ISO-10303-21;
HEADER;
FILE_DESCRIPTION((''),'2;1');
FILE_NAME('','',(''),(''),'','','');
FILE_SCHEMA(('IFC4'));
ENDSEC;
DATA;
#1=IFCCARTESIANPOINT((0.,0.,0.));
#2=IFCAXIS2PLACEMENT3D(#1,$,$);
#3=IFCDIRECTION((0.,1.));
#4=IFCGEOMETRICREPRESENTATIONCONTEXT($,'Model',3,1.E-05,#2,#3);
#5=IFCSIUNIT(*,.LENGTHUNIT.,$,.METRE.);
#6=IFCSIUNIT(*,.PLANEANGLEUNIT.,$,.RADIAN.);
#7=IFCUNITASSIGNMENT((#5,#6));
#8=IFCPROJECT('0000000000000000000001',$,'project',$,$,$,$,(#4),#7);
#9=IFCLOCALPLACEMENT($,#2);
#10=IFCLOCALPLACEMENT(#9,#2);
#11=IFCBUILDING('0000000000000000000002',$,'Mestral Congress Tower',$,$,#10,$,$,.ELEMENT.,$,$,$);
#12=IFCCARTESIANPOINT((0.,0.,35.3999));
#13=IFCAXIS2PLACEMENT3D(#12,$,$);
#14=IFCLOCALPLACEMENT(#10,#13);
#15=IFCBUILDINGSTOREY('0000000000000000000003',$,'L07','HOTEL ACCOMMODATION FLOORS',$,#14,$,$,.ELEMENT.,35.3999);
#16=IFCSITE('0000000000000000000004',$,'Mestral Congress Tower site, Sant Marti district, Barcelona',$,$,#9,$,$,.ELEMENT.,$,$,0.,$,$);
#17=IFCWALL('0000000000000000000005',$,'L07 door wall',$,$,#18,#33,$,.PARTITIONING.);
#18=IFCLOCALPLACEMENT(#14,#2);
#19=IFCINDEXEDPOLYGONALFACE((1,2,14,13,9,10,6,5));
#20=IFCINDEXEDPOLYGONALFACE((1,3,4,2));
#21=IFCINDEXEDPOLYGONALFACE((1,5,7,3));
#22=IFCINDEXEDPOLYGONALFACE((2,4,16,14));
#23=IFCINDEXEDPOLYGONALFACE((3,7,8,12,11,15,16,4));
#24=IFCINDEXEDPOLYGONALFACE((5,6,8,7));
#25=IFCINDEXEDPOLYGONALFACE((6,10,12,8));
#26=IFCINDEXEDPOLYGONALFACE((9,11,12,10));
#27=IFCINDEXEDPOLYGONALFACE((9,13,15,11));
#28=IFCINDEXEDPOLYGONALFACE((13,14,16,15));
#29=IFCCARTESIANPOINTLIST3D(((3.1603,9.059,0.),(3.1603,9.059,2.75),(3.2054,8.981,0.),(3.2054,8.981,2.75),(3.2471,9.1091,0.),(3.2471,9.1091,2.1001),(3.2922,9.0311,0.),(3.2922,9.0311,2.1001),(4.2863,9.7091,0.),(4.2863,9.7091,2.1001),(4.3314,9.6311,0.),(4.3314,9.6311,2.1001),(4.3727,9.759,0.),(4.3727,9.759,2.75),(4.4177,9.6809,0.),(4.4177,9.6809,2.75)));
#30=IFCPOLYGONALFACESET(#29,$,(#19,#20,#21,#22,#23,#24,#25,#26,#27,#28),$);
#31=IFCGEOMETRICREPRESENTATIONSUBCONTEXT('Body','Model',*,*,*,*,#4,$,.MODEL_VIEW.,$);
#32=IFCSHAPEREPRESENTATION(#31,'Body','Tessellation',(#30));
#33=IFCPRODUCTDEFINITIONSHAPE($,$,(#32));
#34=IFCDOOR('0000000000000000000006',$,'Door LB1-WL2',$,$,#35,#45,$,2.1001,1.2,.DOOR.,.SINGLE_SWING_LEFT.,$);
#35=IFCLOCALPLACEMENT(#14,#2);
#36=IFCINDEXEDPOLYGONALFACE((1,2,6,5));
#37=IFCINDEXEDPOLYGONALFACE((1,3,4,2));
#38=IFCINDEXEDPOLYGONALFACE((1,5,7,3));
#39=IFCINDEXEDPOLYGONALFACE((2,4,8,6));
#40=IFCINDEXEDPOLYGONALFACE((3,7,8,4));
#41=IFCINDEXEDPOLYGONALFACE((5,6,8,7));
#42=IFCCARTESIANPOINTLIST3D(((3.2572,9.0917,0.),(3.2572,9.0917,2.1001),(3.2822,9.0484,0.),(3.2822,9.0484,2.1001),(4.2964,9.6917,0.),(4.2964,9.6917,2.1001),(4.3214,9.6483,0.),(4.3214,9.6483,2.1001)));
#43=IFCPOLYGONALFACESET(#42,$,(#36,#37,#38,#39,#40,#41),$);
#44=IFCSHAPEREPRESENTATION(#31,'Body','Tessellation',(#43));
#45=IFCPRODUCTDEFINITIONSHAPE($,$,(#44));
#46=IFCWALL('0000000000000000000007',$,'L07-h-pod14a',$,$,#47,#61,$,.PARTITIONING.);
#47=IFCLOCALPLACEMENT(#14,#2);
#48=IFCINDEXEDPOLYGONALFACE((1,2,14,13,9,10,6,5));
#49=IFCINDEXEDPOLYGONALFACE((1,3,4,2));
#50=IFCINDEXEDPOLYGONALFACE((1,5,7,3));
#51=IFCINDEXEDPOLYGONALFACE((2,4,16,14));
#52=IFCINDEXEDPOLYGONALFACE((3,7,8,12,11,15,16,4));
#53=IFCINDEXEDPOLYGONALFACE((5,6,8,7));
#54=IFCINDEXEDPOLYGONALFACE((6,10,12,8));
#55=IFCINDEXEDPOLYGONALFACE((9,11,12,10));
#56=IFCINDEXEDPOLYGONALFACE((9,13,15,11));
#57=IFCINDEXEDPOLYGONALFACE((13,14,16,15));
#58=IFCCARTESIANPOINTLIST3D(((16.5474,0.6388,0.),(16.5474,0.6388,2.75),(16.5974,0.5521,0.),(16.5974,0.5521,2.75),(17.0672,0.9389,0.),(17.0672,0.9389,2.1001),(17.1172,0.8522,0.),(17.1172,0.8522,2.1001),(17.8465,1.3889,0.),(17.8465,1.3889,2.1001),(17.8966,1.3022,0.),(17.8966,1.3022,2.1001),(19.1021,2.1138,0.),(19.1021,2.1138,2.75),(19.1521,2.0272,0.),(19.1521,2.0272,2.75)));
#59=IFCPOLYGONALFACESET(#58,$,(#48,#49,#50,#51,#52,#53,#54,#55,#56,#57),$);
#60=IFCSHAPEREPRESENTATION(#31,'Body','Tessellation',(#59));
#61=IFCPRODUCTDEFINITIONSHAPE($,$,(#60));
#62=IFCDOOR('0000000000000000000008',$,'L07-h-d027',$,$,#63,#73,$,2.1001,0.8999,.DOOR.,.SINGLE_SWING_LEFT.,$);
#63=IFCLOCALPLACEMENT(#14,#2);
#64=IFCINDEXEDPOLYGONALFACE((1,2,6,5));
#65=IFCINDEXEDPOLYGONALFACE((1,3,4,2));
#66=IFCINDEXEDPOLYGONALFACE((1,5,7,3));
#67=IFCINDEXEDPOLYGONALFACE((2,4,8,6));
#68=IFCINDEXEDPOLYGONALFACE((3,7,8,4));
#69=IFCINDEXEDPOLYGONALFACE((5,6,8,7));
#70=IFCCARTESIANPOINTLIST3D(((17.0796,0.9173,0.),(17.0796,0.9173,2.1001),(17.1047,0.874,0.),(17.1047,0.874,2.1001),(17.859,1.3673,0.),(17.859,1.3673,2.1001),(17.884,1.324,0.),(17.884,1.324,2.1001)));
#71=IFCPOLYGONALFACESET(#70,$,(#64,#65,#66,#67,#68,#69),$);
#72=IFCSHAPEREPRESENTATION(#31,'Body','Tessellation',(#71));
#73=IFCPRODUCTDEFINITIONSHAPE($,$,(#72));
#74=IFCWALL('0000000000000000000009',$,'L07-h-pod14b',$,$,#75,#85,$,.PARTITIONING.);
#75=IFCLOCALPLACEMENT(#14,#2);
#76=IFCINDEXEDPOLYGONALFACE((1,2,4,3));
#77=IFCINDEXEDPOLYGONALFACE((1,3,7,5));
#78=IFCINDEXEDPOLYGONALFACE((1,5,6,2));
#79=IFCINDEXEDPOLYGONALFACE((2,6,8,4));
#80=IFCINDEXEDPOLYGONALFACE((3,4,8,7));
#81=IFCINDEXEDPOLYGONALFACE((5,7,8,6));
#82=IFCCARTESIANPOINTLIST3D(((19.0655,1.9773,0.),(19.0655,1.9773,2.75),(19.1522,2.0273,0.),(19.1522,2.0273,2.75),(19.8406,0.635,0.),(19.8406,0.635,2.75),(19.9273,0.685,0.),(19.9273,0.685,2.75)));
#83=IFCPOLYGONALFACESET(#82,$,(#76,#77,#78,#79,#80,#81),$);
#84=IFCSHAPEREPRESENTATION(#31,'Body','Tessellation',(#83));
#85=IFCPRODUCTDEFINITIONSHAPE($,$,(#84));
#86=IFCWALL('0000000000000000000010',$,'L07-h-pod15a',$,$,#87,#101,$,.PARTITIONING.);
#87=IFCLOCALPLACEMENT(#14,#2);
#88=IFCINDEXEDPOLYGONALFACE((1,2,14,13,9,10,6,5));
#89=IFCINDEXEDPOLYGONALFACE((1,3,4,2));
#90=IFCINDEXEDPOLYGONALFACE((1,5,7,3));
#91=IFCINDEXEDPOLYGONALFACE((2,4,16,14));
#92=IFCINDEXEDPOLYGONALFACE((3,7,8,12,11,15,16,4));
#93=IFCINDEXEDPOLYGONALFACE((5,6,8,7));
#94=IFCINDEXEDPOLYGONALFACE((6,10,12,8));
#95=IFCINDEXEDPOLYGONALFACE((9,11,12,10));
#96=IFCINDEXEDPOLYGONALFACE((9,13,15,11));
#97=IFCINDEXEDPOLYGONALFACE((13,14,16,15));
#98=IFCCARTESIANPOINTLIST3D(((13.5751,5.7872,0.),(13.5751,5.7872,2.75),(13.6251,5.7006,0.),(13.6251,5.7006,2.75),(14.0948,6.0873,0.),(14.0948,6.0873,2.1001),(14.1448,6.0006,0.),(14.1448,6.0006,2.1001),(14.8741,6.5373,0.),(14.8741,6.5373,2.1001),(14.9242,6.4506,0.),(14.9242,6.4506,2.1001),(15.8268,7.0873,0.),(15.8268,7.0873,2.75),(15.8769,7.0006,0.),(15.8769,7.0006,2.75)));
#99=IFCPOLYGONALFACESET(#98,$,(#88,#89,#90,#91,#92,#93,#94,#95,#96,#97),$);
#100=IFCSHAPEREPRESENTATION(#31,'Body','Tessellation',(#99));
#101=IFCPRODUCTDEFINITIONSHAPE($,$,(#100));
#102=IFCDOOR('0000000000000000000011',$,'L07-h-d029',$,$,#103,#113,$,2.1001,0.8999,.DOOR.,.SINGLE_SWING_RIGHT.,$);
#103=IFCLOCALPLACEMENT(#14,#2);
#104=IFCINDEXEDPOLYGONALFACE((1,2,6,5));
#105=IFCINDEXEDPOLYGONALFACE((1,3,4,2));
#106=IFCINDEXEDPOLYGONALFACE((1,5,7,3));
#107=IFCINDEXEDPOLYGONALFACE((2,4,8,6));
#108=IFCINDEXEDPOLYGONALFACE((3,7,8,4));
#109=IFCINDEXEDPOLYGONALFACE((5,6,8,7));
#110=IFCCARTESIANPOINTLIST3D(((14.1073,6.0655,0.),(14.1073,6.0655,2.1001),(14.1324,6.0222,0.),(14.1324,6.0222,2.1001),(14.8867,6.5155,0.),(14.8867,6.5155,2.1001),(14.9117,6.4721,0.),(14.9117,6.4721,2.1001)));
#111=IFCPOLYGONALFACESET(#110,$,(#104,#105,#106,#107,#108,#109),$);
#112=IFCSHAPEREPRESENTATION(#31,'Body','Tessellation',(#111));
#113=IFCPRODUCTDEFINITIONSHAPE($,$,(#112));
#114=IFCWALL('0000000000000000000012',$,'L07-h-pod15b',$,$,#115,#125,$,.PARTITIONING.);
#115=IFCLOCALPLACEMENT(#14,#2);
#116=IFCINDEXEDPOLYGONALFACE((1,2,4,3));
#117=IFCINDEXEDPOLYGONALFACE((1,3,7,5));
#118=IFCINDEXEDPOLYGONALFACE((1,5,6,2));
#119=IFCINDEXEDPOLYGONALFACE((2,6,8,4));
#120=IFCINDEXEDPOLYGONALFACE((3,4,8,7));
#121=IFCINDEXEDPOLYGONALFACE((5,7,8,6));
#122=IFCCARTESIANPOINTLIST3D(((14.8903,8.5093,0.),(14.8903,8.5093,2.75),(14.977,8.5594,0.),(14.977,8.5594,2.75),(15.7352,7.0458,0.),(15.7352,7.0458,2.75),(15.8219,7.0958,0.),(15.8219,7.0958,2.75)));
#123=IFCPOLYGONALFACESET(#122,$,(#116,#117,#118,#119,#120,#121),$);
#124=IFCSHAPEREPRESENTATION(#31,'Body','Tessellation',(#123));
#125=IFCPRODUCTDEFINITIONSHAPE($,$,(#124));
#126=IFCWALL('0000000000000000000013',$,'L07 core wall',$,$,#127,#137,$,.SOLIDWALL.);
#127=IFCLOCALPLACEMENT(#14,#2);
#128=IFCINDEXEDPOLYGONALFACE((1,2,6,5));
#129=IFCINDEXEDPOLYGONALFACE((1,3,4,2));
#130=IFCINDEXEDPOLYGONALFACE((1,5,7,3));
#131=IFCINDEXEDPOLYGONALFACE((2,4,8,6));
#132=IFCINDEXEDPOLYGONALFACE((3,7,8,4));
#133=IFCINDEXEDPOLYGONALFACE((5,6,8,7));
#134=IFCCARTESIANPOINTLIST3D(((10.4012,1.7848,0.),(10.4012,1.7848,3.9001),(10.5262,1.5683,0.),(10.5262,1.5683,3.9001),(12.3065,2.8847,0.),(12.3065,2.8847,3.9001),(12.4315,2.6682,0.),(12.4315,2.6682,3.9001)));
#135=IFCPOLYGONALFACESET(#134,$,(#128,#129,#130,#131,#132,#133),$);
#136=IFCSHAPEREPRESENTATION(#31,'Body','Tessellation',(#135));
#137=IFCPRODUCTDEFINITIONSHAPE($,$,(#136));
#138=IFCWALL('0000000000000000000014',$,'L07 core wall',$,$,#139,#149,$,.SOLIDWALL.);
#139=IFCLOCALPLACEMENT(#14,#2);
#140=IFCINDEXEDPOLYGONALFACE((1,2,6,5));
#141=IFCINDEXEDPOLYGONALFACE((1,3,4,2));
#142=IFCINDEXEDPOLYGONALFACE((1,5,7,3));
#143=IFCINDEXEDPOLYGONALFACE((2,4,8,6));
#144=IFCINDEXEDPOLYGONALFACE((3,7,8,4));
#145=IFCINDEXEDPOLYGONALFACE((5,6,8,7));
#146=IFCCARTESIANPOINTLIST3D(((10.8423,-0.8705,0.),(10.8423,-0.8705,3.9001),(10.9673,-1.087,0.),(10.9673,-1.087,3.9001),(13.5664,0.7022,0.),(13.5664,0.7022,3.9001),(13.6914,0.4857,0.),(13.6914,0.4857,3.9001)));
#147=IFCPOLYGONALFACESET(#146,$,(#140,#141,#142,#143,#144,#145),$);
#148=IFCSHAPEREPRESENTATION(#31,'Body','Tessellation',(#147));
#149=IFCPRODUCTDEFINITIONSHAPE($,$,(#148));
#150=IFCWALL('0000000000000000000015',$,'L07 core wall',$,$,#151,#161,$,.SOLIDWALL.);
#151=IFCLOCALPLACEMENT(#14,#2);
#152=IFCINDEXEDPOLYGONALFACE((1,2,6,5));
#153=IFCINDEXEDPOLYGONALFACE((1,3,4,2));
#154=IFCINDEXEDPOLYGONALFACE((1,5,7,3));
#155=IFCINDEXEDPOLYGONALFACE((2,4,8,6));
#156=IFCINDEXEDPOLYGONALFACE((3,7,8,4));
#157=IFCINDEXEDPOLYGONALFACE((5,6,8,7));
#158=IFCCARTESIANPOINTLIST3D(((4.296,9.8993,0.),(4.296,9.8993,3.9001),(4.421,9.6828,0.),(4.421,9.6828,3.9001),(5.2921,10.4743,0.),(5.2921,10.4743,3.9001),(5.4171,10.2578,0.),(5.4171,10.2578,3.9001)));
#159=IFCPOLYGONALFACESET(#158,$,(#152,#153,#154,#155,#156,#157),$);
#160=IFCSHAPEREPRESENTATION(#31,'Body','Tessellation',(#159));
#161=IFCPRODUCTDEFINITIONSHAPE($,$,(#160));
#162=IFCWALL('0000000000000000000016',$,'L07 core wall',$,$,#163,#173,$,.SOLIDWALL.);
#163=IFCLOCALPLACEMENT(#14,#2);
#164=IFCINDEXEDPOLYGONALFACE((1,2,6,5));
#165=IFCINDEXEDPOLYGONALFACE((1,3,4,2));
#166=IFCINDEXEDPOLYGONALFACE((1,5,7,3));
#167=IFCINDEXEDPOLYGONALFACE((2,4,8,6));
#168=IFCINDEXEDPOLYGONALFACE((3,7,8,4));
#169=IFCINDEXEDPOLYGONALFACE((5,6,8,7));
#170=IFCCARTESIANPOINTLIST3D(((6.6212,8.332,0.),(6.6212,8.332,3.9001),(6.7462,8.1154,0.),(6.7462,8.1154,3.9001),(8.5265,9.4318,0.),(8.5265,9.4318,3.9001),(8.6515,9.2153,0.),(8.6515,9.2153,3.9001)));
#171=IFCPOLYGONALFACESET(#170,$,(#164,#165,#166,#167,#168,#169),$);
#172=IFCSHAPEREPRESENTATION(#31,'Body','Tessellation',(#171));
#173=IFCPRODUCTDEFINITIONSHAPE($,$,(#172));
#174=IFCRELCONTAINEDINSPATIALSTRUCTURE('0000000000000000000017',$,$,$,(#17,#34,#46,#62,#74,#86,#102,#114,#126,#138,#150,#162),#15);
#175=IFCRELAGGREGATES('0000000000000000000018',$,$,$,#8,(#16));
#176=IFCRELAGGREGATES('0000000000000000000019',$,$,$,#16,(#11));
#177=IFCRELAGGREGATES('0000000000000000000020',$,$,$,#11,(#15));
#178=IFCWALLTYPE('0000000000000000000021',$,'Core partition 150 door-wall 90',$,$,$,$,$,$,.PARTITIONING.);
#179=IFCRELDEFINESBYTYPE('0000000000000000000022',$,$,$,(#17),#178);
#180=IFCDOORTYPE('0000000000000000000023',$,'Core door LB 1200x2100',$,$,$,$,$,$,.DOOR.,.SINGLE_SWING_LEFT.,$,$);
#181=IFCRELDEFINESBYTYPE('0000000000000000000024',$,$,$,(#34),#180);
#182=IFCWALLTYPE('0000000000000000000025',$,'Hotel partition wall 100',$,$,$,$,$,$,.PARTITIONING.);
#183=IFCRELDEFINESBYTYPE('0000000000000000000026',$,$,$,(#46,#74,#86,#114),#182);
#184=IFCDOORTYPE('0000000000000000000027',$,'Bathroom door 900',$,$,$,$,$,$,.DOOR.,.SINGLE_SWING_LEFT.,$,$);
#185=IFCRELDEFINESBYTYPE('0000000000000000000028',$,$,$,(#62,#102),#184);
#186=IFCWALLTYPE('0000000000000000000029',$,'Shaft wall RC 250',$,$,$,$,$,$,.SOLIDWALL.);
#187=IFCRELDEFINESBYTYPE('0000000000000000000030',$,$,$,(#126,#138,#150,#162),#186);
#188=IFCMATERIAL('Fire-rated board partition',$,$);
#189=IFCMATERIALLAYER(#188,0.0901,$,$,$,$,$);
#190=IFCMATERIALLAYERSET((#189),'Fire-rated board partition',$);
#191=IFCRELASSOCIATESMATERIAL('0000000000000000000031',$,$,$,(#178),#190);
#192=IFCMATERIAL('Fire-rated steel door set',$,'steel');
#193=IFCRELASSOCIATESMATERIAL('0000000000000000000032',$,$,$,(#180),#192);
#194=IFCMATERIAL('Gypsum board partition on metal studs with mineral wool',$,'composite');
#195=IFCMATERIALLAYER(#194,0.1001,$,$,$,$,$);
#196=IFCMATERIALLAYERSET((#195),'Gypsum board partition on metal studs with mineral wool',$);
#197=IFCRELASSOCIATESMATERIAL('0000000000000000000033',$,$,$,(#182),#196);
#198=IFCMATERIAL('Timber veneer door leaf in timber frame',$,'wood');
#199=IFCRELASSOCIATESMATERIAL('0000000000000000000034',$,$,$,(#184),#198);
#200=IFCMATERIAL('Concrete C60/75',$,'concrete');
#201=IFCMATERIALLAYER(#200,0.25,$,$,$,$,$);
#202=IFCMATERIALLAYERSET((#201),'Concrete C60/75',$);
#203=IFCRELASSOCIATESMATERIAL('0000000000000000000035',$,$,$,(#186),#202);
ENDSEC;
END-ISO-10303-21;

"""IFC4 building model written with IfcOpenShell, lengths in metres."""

from ifc_helpers import new_model, si_unit, direction, frame, frame_2d, origin, place, context, subcontext, project, spatial, rectangle, extrude, material, layer, layer_set, type_object, element, fill, save


model = new_model("IFC4")

# Units and contexts
model_context = context("Model", 3, precision=1e-05, world=origin(), true_north=direction((0.0, 1.0)))
body_context = subcontext(model_context, "Body", "Model", "MODEL_VIEW")
ifc_project = project(units=[si_unit("LENGTHUNIT", "METRE"), si_unit("PLANEANGLEUNIT", "RADIAN")], contexts=[model_context])

# Site, building, storey
site_placement = place(None, origin())
site = spatial("IfcSite", under=ifc_project, at=site_placement, Name="Mestral Congress Tower site, Sant Marti district, Barcelona", CompositionType="ELEMENT", RefElevation=0.0)
building_placement = place(site_placement, origin())
building = spatial("IfcBuilding", under=site, at=building_placement, Name="Mestral Congress Tower", CompositionType="ELEMENT")
storey_placement = place(building_placement, frame((0.0, 0.0, 35.3999)))
storey = spatial("IfcBuildingStorey", under=building, at=storey_placement, Name="L07", Description="HOTEL ACCOMMODATION FLOORS", CompositionType="ELEMENT", Elevation=35.3999)

# Walls, openings, doors
ifc_material_1 = material(Name="Fire-rated board partition")
ifc_layer_1 = layer(ifc_material_1, 0.0901)
ifc_layer_set_1 = layer_set([ifc_layer_1], Name="Fire-rated board partition")
wall_type_1 = type_object("IfcWallType", Name="Core partition 150 door-wall 90", PredefinedType="PARTITIONING", material=ifc_layer_set_1)
wall_1_placement = place(storey_placement, frame((3.1829, 9.02, 0.0), z_axis=(0.0, 0.0, 1.0), x_axis=(0.866035, 0.499984, 0.0)))
wall_1 = element("IfcWall", 1, at=wall_1_placement, inside=storey, type_object=wall_type_1, Name="L07 door wall", PredefinedType="PARTITIONING", context=body_context, shape_type="SweptSolid", body=[
    extrude(rectangle(XDim=1.3999, YDim=0.0901, at=frame_2d((0.7, 0.0))), origin(), (0.0, 0.0, 1.0), 2.75),
])
opening_1_placement = place(wall_1_placement, frame((0.1001, 0.0, 0.0)))
opening_1 = element("IfcOpeningElement", 2, at=opening_1_placement, cuts=wall_1, PredefinedType="OPENING", context=body_context, shape_type="SweptSolid", body=[
    extrude(rectangle(XDim=1.2, YDim=2.1001, at=frame_2d((0.6001, 1.05))), frame((0.0, 0.0549, 0.0), z_axis=(0.0, -1.0, 0.0), x_axis=(1.0, 0.0, 0.0)), (0.0, 0.0, 1.0), 0.1101),
])
ifc_material_2 = material(Name="Fire-rated steel door set", Category="steel")
door_type_1 = type_object("IfcDoorType", Name="Core door LB 1200x2100", OperationType="SINGLE_SWING_LEFT", PredefinedType="DOOR", material=ifc_material_2)
door_1_placement = place(opening_1_placement, origin())
door_1 = element("IfcDoor", 3, at=door_1_placement, inside=storey, type_object=door_type_1, Name="Door LB1-WL2", OperationType="SINGLE_SWING_LEFT", OverallHeight=2.1001, OverallWidth=1.2, PredefinedType="DOOR", context=body_context, shape_type="SweptSolid", body=[
    extrude(rectangle(XDim=1.2, YDim=2.1001, at=frame_2d((0.6001, 1.05))), frame((0.0, 0.0249, 0.0), z_axis=(0.0, -1.0, 0.0), x_axis=(1.0, 0.0, 0.0)), (0.0, 0.0, 1.0), 0.05),
])
fill(opening_1, door_1)
ifc_material_3 = material(Name="Gypsum board partition on metal studs with mineral wool", Category="composite")
ifc_layer_2 = layer(ifc_material_3, 0.1001)
ifc_layer_set_2 = layer_set([ifc_layer_2], Name="Gypsum board partition on metal studs with mineral wool")
wall_type_2 = type_object("IfcWallType", Name="Hotel partition wall 100", PredefinedType="PARTITIONING", material=ifc_layer_set_2)
wall_2_placement = place(storey_placement, frame((19.1272, 2.0706, 0.0), z_axis=(0.0, 0.0, 1.0), x_axis=(-0.866004, -0.500038, 0.0)))
wall_2 = element("IfcWall", 4, at=wall_2_placement, inside=storey, type_object=wall_type_2, Name="L07-h-pod14a", PredefinedType="PARTITIONING", context=body_context, shape_type="SweptSolid", body=[
    extrude(rectangle(XDim=2.95, YDim=0.1001, at=frame_2d((1.4751, 0.0))), origin(), (0.0, 0.0, 1.0), 2.75),
])
opening_2_placement = place(wall_2_placement, frame((1.45, 0.0, 0.0)))
opening_2 = element("IfcOpeningElement", 5, at=opening_2_placement, cuts=wall_2, PredefinedType="OPENING", context=body_context, shape_type="SweptSolid", body=[
    extrude(rectangle(XDim=0.8999, YDim=2.1001, at=frame_2d((0.45, 1.05))), frame((0.0, 0.0601, 0.0), z_axis=(0.0, -1.0, 0.0), x_axis=(1.0, 0.0, 0.0)), (0.0, 0.0, 1.0), 0.1201),
])
ifc_material_4 = material(Name="Timber veneer door leaf in timber frame", Category="wood")
door_type_2 = type_object("IfcDoorType", Name="Bathroom door 900", OperationType="SINGLE_SWING_LEFT", PredefinedType="DOOR", material=ifc_material_4)
door_2_placement = place(opening_2_placement, origin())
door_2 = element("IfcDoor", 6, at=door_2_placement, inside=storey, type_object=door_type_2, Name="L07-h-d027", OperationType="SINGLE_SWING_LEFT", OverallHeight=2.1001, OverallWidth=0.8999, PredefinedType="DOOR", context=body_context, shape_type="SweptSolid", body=[
    extrude(rectangle(XDim=0.8999, YDim=2.1001, at=frame_2d((0.45, 1.05))), frame((0.0, 0.0249, 0.0), z_axis=(0.0, -1.0, 0.0), x_axis=(1.0, 0.0, 0.0)), (0.0, 0.0, 1.0), 0.05),
])
fill(opening_2, door_2)

# Wall
wall_3_placement = place(storey_placement, frame((19.1089, 2.0022, 0.0), z_axis=(0.0, 0.0, 1.0), x_axis=(0.500086, -0.865976, 0.0)))
element("IfcWall", 7, at=wall_3_placement, inside=storey, type_object=wall_type_2, Name="L07-h-pod14b", PredefinedType="PARTITIONING", context=body_context, shape_type="SweptSolid", body=[
    extrude(rectangle(XDim=1.55, YDim=0.1001, at=frame_2d((0.7749, 0.0))), origin(), (0.0, 0.0, 1.0), 2.75),
])

# Wall, opening, door
wall_4_placement = place(storey_placement, frame((13.6001, 5.7439, 0.0), z_axis=(0.0, 0.0, 1.0), x_axis=(0.866021, 0.500007, 0.0)))
wall_4 = element("IfcWall", 8, at=wall_4_placement, inside=storey, type_object=wall_type_2, Name="L07-h-pod15a", PredefinedType="PARTITIONING", context=body_context, shape_type="SweptSolid", body=[
    extrude(rectangle(XDim=2.6001, YDim=0.1001, at=frame_2d((1.3, 0.0))), origin(), (0.0, 0.0, 1.0), 2.75),
])
opening_3_placement = place(wall_4_placement, frame((0.6001, 0.0, 0.0)))
opening_3 = element("IfcOpeningElement", 9, at=opening_3_placement, cuts=wall_4, PredefinedType="OPENING", context=body_context, shape_type="SweptSolid", body=[
    extrude(rectangle(XDim=0.8999, YDim=2.1001, at=frame_2d((0.45, 1.05))), frame((0.0, 0.0601, 0.0), z_axis=(0.0, -1.0, 0.0), x_axis=(1.0, 0.0, 0.0)), (0.0, 0.0, 1.0), 0.1201),
])
door_3_placement = place(opening_3_placement, origin())
door_3 = element("IfcDoor", 10, at=door_3_placement, inside=storey, type_object=door_type_2, Name="L07-h-d029", OperationType="SINGLE_SWING_RIGHT", OverallHeight=2.1001, OverallWidth=0.8999, PredefinedType="DOOR", context=body_context, shape_type="SweptSolid", body=[
    extrude(rectangle(XDim=0.8999, YDim=2.1001, at=frame_2d((0.45, 1.05))), frame((0.0, 0.0249, 0.0), z_axis=(0.0, -1.0, 0.0), x_axis=(1.0, 0.0, 0.0)), (0.0, 0.0, 1.0), 0.05),
])
fill(opening_3, door_3)

# Walls
wall_5_placement = place(storey_placement, frame((15.7786, 7.0708, 0.0), z_axis=(0.0, 0.0, 1.0), x_axis=(-0.499977, 0.866039, 0.0)))
element("IfcWall", 11, at=wall_5_placement, inside=storey, type_object=wall_type_2, Name="L07-h-pod15b", PredefinedType="PARTITIONING", context=body_context, shape_type="SweptSolid", body=[
    extrude(rectangle(XDim=1.6899, YDim=0.1001, at=frame_2d((0.845, 0.0))), origin(), (0.0, 0.0, 1.0), 2.75),
])
ifc_material_5 = material(Name="Concrete C60/75", Category="concrete")
ifc_layer_3 = layer(ifc_material_5, 0.25)
ifc_layer_set_3 = layer_set([ifc_layer_3], Name="Concrete C60/75")
wall_type_3 = type_object("IfcWallType", Name="Shaft wall RC 250", PredefinedType="SOLIDWALL", material=ifc_layer_set_3)
wall_6_placement = place(storey_placement, frame((10.4636, 1.6765, 0.0), z_axis=(0.0, 0.0, 1.0), x_axis=(0.866056, 0.499947, 0.0)))
element("IfcWall", 12, at=wall_6_placement, inside=storey, type_object=wall_type_3, Name="L07 core wall", PredefinedType="SOLIDWALL", context=body_context, shape_type="SweptSolid", body=[
    extrude(rectangle(XDim=2.2, YDim=0.25, at=frame_2d((1.1001, 0.0))), origin(), (0.0, 0.0, 1.0), 3.9001),
])
wall_7_placement = place(storey_placement, frame((13.6289, 0.594, 0.0), z_axis=(0.0, 0.0, 1.0), x_axis=(-0.866028, -0.499996, 0.0)))
element("IfcWall", 13, at=wall_7_placement, inside=storey, type_object=wall_type_3, Name="L07 core wall", PredefinedType="SOLIDWALL", context=body_context, shape_type="SweptSolid", body=[
    extrude(rectangle(XDim=3.1455, YDim=0.25, at=frame_2d((1.5728, 0.0))), origin(), (0.0, 0.0, 1.0), 3.9001),
])
wall_8_placement = place(storey_placement, frame((4.3584, 9.791, 0.0), z_axis=(0.0, 0.0, 1.0), x_axis=(0.86608, 0.499906, 0.0)))
element("IfcWall", 14, at=wall_8_placement, inside=storey, type_object=wall_type_3, Name="L07 core wall", PredefinedType="SOLIDWALL", context=body_context, shape_type="SweptSolid", body=[
    extrude(rectangle(XDim=1.1501, YDim=0.25, at=frame_2d((0.5752, 0.0))), origin(), (0.0, 0.0, 1.0), 3.9001),
])
for number, where, z_axis, x_axis, name in (
    (15, (6.6836, 8.2236, 0.0), (0.0, 0.0, 1.0), (0.866056, 0.499947, 0.0), "L07 core wall"),
):
    element("IfcWall", number, at=place(storey_placement, frame(where, z_axis=z_axis, x_axis=x_axis)), inside=storey, type_object=wall_type_3, Name=name, PredefinedType="SOLIDWALL", context=body_context, shape_type="SweptSolid", body=[
        extrude(rectangle(XDim=2.2, YDim=0.25, at=frame_2d((1.1001, 0.0))), origin(), (0.0, 0.0, 1.0), 3.9001),
    ])

save(model, "model.ifc")
